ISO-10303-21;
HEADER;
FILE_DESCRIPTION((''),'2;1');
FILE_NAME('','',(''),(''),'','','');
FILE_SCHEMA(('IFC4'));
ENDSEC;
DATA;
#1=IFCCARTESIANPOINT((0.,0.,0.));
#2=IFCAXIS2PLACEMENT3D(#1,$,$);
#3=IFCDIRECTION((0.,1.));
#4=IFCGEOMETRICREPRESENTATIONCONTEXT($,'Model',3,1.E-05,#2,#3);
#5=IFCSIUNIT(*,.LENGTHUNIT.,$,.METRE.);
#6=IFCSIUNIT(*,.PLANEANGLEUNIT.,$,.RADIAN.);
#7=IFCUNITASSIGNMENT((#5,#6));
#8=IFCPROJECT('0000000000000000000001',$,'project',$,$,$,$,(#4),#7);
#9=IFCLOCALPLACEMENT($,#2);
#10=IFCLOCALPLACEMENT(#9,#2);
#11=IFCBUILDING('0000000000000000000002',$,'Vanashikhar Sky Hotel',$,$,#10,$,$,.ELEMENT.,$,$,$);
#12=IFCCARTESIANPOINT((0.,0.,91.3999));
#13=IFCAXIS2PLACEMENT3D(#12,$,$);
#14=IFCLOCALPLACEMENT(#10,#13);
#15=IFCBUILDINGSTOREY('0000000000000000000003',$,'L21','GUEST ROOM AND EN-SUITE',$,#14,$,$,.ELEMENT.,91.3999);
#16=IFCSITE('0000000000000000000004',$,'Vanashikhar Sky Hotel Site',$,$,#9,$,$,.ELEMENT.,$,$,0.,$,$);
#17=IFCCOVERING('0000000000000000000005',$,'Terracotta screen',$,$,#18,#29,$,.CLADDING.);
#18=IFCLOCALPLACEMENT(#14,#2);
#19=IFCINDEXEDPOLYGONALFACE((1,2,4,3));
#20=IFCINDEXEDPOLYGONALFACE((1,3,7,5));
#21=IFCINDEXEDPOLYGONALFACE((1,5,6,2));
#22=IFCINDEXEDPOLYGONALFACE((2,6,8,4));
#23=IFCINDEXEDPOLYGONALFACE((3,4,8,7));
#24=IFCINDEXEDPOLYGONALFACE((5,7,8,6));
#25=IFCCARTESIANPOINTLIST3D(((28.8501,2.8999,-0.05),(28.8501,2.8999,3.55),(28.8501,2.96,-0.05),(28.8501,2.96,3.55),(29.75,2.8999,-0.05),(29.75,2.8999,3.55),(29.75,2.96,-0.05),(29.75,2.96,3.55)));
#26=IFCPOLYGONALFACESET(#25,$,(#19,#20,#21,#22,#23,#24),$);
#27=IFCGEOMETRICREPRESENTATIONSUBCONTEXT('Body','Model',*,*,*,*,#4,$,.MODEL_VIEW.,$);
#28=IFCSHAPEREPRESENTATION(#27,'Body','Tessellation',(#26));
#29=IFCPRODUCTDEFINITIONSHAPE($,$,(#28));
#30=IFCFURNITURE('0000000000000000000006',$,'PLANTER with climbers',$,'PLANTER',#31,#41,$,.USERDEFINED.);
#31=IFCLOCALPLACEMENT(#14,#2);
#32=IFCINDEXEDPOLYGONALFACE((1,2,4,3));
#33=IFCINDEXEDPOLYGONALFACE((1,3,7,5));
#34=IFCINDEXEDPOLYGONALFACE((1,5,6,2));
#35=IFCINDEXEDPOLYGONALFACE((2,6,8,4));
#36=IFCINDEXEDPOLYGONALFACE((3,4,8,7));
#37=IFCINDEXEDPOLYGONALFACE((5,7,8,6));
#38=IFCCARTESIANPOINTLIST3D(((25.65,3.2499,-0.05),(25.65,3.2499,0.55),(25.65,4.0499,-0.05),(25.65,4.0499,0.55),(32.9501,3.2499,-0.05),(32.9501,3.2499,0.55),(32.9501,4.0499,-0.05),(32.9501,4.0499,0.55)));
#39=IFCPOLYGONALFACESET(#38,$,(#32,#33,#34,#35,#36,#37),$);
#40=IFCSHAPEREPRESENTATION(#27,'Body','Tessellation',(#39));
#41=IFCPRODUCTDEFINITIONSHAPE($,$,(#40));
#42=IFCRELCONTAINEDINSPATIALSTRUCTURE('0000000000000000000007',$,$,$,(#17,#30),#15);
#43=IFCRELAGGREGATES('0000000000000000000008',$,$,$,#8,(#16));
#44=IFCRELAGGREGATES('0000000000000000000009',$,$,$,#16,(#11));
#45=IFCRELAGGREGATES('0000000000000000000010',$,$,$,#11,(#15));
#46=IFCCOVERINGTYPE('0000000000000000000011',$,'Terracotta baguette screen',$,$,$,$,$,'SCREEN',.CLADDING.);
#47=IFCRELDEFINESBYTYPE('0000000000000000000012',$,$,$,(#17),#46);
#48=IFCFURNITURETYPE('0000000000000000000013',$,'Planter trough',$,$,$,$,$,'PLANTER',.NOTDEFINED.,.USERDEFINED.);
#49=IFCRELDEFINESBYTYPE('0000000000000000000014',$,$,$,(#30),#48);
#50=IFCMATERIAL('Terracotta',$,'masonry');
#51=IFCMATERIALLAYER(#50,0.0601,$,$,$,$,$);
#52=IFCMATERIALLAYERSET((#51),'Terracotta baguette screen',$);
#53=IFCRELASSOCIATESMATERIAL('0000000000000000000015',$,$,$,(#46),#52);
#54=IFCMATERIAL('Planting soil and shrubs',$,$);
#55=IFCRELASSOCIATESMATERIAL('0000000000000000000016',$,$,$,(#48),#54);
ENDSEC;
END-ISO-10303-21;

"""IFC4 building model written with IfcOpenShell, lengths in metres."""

from ifc_helpers import new_model, si_unit, direction, frame, origin, origin_2d, place, context, subcontext, project, spatial, rectangle, extrude, source, transform, mapped, material, layer, layer_set, type_object, element, save


model = new_model("IFC4")

# Units and contexts
model_context = context("Model", 3, precision=1e-05, world=origin(), true_north=direction((0.0, 1.0)))
body_context = subcontext(model_context, "Body", "Model", "MODEL_VIEW")
ifc_project = project(units=[si_unit("LENGTHUNIT", "METRE"), si_unit("PLANEANGLEUNIT", "RADIAN")], contexts=[model_context])

# Site, building, storey
site_placement = place(None, origin())
site = spatial("IfcSite", under=ifc_project, at=site_placement, Name="Vanashikhar Sky Hotel Site", CompositionType="ELEMENT", RefElevation=0.0)
building_placement = place(site_placement, origin())
building = spatial("IfcBuilding", under=site, at=building_placement, Name="Vanashikhar Sky Hotel", CompositionType="ELEMENT")
storey_placement = place(building_placement, frame((0.0, 0.0, 91.3999)))
storey = spatial("IfcBuildingStorey", under=building, at=storey_placement, Name="L21", Description="GUEST ROOM AND EN-SUITE", CompositionType="ELEMENT", Elevation=91.3999)

# Covering
ifc_material_1 = material(Name="Terracotta", Category="masonry")
ifc_layer_1 = layer(ifc_material_1, 0.0601)
ifc_layer_set_1 = layer_set([ifc_layer_1], Name="Terracotta baguette screen")
covering_type = type_object("IfcCoveringType", Name="Terracotta baguette screen", ElementType="SCREEN", PredefinedType="CLADDING", material=ifc_layer_set_1)
shared_shape_1 = source(origin(), body_context, "Body", "SweptSolid", [
    extrude(rectangle(XDim=0.8999, YDim=0.0601, at=origin_2d()), origin(), (0.0, 0.0, 1.0), 3.6001),
])
for number, where, z_axis, x_axis, name in (
    (1, (29.3, 2.9299, -0.05), (0.0, 0.0, 1.0), (1.0, 0.0, 0.0), "Terracotta screen"),
):
    element("IfcCovering", number, at=place(storey_placement, frame(where, z_axis=z_axis, x_axis=x_axis)), inside=storey, type_object=covering_type, Name=name, PredefinedType="CLADDING", context=body_context, shape_type="MappedRepresentation", body=[
        mapped(shared_shape_1, transform((0.0, 0.0, 0.0), scale=1.0)),
    ])

# Furniture
ifc_material_2 = material(Name="Planting soil and shrubs")
furniture_type = type_object("IfcFurnitureType", Name="Planter trough", ElementType="PLANTER", AssemblyPlace="NOTDEFINED", PredefinedType="USERDEFINED", material=ifc_material_2)
shared_shape_2 = source(origin(), body_context, "Body", "SweptSolid", [
    extrude(rectangle(XDim=7.3, YDim=0.8, at=origin_2d()), origin(), (0.0, 0.0, 1.0), 0.6001),
])
furniture_placement = place(storey_placement, frame((29.3, 3.6499, -0.05), z_axis=(0.0, 0.0, 1.0), x_axis=(1.0, 0.0, 0.0)))
element("IfcFurniture", 2, at=furniture_placement, inside=storey, type_object=furniture_type, Name="PLANTER with climbers", ObjectType="PLANTER", PredefinedType="USERDEFINED", context=body_context, shape_type="MappedRepresentation", body=[
    mapped(shared_shape_2, transform((0.0, 0.0, 0.0), scale=1.0)),
])

save(model, "model.ifc")
